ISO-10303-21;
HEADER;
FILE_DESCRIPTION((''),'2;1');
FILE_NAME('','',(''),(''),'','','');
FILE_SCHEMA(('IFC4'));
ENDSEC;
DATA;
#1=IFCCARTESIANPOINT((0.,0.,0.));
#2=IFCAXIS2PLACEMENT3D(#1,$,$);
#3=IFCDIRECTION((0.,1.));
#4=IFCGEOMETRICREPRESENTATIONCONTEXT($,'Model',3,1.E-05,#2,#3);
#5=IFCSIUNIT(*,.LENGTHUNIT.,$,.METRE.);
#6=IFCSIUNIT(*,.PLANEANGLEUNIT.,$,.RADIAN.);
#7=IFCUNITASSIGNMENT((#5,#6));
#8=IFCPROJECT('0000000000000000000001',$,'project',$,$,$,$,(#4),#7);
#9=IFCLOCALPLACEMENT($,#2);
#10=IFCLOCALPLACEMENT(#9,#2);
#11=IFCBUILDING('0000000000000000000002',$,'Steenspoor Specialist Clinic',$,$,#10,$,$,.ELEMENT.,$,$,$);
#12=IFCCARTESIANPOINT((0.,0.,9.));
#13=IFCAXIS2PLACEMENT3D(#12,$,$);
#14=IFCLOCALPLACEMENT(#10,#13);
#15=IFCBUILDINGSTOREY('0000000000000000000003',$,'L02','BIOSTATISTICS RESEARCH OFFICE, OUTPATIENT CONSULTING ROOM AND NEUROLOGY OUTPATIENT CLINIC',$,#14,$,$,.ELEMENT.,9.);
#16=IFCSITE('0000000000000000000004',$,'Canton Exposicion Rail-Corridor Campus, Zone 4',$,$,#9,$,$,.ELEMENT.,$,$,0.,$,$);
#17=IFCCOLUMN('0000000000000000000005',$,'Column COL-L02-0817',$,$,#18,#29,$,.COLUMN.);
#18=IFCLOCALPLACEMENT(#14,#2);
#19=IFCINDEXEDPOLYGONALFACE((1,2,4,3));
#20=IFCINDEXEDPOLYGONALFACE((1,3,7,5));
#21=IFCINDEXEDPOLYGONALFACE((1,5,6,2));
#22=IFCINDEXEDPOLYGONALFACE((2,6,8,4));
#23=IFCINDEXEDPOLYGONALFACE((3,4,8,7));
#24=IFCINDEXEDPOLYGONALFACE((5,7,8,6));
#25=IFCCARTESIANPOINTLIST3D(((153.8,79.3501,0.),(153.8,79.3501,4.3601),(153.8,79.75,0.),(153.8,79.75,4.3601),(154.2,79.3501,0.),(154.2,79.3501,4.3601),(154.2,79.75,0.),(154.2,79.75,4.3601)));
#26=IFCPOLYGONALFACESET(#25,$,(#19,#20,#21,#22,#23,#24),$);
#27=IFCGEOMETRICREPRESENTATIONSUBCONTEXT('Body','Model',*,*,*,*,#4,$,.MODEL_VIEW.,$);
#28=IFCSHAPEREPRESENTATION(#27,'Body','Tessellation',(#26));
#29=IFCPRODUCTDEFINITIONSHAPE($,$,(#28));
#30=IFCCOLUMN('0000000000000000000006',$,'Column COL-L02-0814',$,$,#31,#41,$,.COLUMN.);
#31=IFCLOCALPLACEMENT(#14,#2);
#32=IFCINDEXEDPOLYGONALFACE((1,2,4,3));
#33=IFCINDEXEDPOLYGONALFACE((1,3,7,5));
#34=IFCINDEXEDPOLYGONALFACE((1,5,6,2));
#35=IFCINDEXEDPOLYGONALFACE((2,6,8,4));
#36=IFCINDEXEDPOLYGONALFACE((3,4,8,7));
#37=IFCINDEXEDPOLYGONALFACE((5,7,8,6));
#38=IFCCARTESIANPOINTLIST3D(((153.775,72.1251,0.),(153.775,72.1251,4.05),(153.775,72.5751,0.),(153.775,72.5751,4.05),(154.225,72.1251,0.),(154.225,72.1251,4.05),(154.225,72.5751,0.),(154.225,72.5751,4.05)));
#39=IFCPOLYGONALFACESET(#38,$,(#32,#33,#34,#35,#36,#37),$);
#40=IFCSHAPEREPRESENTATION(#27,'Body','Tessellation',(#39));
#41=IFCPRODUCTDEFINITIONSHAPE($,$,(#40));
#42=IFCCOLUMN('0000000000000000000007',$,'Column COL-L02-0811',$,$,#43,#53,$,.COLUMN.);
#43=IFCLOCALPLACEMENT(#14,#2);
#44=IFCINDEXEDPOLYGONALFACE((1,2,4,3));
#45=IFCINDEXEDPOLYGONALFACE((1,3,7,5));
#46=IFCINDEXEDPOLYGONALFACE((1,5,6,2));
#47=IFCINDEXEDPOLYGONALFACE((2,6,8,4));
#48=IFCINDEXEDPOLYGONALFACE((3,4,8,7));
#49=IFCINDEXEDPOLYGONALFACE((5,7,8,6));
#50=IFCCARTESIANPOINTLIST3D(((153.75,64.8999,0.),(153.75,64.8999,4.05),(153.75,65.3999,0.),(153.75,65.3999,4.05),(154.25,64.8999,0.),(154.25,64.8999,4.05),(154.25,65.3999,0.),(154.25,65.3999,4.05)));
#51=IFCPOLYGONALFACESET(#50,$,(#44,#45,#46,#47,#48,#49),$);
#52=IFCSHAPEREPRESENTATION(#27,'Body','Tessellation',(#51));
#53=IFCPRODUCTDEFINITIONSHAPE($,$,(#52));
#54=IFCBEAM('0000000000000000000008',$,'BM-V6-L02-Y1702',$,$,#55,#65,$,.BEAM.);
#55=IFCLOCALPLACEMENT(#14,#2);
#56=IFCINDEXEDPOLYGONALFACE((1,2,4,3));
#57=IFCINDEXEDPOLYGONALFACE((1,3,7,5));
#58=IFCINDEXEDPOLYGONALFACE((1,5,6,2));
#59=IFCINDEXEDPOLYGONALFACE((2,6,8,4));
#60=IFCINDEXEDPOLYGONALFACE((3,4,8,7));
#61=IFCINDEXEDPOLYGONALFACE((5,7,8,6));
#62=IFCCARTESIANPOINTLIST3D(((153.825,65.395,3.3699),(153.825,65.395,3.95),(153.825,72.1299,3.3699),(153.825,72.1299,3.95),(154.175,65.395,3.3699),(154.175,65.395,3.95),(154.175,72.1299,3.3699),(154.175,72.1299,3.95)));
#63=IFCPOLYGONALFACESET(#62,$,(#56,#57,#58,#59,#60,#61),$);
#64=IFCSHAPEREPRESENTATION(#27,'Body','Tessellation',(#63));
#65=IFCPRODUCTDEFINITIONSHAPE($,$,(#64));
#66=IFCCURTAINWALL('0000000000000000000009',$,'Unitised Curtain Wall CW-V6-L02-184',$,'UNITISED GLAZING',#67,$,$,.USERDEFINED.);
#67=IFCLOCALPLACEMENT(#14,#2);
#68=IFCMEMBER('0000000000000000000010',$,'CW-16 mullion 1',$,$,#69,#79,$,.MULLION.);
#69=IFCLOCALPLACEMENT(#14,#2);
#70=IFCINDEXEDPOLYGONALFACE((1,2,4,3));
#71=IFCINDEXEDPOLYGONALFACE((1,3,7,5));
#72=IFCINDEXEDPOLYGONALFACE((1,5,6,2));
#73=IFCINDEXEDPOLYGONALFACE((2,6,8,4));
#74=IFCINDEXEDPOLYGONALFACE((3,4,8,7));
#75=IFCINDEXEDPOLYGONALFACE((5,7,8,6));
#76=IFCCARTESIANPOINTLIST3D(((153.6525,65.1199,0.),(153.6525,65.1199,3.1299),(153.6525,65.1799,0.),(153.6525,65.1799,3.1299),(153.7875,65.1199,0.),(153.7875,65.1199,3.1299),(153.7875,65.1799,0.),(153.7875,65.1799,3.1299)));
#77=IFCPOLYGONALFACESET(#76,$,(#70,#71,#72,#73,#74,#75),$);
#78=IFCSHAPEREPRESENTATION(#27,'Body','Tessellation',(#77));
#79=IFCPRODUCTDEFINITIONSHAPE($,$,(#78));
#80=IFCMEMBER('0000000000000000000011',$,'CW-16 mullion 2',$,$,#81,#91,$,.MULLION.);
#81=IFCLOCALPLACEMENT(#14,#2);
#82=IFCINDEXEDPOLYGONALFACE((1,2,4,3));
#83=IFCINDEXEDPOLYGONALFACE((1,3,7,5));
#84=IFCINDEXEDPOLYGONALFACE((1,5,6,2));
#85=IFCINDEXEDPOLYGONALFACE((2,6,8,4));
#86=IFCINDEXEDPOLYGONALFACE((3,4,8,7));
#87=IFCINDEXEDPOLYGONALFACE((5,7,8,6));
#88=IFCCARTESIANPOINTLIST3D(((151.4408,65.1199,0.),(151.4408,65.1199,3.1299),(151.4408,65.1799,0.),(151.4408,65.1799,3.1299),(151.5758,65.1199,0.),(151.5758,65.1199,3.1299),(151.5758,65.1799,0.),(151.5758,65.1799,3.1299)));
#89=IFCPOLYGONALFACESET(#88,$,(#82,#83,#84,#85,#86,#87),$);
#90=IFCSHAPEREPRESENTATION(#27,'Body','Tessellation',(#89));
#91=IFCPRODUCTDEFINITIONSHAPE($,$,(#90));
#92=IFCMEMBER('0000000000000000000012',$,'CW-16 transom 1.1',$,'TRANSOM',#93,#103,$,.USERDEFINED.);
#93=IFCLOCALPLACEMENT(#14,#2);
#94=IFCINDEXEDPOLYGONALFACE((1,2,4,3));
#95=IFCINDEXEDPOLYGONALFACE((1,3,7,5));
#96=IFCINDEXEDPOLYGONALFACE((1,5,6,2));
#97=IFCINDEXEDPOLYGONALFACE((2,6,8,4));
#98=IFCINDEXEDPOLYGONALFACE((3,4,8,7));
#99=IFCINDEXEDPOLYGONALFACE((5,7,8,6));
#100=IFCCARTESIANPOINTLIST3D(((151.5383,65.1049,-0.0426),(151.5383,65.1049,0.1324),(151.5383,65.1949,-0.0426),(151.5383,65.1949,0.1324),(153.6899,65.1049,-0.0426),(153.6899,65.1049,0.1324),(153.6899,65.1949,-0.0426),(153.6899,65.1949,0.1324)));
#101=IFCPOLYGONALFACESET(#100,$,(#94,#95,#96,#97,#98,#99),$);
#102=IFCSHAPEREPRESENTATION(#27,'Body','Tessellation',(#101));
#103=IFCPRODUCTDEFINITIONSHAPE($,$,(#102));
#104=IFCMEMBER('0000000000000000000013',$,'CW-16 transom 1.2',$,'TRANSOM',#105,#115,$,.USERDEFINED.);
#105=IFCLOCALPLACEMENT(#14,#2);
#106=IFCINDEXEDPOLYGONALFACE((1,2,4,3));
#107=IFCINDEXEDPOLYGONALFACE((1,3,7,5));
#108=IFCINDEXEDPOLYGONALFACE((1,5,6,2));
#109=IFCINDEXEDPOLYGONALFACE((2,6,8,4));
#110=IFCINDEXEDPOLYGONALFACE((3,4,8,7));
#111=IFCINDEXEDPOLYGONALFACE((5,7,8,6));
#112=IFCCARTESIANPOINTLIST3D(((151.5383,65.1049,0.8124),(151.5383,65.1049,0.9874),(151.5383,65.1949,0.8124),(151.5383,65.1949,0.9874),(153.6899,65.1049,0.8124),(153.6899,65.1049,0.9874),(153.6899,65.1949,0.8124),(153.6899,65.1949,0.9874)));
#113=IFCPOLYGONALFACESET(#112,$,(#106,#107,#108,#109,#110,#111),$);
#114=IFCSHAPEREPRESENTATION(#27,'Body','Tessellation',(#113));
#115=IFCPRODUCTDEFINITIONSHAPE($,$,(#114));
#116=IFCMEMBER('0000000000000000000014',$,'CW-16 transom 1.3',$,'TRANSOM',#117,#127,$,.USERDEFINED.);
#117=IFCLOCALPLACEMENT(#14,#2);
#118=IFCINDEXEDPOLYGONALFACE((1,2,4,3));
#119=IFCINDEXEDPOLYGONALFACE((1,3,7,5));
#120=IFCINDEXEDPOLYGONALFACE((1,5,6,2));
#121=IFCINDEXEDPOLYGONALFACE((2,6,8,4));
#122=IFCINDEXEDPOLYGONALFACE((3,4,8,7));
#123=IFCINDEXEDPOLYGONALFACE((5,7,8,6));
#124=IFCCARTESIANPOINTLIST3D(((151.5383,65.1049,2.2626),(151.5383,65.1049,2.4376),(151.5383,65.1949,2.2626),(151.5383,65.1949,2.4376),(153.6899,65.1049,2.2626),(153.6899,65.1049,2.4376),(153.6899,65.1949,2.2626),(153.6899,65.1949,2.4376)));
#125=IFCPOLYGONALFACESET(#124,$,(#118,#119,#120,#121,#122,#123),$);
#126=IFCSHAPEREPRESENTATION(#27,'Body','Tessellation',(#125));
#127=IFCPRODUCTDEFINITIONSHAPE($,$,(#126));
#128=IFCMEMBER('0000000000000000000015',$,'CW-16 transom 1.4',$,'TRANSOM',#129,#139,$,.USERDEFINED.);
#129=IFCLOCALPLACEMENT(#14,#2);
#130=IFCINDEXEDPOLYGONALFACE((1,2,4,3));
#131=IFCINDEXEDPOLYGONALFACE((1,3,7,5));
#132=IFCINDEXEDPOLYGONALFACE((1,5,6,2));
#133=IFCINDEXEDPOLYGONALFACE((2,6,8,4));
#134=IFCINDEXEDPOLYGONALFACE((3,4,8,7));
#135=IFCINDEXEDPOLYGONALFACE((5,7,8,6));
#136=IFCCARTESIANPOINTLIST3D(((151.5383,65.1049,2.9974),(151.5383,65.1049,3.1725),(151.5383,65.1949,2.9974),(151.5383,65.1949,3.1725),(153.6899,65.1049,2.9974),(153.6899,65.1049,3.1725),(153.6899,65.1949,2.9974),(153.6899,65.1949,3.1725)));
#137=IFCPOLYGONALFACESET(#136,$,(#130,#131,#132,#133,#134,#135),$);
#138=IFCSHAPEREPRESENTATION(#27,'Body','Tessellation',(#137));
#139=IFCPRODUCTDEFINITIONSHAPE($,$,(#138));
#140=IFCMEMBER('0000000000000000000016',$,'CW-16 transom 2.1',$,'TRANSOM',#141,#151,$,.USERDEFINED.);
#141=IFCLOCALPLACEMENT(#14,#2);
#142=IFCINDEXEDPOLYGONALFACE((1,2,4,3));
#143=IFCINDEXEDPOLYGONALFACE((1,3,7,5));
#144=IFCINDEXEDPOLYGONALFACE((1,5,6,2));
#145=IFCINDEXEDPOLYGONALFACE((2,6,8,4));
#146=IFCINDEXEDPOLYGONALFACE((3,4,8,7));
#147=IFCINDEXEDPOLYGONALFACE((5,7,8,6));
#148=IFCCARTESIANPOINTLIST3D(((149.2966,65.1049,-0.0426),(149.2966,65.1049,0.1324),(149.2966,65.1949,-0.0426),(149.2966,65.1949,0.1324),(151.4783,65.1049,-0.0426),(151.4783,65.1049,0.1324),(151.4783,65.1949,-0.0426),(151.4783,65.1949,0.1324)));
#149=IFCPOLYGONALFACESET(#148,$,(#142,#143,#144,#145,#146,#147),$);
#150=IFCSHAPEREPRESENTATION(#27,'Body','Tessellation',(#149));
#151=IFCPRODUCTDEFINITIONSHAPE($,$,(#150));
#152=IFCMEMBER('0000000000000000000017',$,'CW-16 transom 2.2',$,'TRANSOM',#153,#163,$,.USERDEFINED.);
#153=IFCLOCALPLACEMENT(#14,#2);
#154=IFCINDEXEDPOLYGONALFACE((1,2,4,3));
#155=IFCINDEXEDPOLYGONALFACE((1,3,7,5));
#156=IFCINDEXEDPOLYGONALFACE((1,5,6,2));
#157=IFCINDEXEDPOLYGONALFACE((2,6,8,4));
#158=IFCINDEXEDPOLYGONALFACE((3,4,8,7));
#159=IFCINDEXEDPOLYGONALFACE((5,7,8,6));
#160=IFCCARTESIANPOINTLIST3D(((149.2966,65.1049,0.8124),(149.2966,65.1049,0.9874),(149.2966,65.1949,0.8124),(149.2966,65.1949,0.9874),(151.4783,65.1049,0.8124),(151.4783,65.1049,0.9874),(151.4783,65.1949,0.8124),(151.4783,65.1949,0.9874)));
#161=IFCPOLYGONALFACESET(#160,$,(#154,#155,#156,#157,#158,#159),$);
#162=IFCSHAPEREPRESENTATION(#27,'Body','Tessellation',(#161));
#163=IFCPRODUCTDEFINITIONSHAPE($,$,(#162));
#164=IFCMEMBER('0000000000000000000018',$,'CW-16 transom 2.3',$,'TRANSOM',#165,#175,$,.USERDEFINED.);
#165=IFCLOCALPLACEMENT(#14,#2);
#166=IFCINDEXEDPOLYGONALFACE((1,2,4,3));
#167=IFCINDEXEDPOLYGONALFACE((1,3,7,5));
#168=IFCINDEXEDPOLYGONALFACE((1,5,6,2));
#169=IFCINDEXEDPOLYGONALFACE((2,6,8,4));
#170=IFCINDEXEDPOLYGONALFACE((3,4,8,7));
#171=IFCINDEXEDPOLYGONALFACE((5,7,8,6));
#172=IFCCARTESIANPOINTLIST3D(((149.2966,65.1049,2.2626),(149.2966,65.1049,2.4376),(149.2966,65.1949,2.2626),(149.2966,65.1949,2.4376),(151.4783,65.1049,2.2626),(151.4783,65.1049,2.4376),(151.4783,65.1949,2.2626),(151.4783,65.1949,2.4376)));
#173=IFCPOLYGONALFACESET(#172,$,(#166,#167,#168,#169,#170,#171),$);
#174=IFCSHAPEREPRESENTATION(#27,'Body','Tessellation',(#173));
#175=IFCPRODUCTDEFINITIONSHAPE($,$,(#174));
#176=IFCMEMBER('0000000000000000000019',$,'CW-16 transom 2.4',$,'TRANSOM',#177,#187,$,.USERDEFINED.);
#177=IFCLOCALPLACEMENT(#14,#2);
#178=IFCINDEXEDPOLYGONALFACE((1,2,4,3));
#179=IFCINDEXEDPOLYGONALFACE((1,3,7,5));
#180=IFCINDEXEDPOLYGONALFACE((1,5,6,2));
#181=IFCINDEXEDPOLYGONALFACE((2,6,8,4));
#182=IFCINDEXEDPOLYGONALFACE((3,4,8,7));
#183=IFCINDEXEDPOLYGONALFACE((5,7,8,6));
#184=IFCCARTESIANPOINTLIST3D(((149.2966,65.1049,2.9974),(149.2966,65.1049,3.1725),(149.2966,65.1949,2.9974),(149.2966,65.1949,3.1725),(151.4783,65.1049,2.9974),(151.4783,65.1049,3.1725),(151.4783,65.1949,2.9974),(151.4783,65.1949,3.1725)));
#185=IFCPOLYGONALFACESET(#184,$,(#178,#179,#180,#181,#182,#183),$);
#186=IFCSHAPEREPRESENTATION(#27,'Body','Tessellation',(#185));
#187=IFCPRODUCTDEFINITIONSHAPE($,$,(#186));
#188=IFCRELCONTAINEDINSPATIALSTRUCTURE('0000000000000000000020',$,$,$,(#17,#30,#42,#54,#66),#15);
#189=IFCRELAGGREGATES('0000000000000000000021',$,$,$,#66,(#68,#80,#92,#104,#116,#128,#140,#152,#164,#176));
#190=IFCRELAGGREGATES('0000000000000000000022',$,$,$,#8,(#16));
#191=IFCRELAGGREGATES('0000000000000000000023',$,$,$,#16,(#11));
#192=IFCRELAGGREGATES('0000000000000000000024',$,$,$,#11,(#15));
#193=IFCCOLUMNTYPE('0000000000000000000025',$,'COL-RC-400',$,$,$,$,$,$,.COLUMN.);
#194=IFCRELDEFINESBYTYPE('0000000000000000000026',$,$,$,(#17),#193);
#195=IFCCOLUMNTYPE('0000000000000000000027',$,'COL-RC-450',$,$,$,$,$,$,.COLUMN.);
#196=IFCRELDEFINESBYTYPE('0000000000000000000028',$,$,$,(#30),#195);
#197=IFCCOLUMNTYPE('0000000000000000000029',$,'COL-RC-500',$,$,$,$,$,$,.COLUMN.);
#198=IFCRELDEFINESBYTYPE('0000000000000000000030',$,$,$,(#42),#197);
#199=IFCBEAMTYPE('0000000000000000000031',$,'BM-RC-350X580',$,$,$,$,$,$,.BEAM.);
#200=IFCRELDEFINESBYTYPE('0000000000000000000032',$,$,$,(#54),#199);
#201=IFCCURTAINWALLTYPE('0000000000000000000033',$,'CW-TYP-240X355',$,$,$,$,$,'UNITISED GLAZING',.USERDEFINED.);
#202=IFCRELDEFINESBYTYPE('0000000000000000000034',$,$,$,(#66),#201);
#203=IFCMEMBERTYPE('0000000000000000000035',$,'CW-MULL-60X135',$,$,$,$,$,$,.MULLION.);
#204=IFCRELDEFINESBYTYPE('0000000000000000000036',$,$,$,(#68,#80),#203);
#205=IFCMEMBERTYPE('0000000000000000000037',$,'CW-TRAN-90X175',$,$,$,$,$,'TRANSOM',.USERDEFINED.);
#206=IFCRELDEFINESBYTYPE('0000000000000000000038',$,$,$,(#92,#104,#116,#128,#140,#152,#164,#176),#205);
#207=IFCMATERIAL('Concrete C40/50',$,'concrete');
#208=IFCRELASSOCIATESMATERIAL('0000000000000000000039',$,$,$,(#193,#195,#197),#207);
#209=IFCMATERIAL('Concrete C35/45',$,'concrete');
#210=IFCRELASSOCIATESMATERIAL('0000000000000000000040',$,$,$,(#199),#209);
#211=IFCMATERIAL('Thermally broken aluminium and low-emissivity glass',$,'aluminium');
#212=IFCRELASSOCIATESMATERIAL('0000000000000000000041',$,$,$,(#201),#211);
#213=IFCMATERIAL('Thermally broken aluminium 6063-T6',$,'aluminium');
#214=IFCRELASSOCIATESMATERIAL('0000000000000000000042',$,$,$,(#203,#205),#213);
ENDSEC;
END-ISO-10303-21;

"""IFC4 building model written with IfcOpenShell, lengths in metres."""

from ifc_helpers import new_model, si_unit, direction, frame, origin, origin_2d, place, context, subcontext, project, spatial, rectangle, extrude, material, material_profile, profile_set, type_object, element, aggregate, save


model = new_model("IFC4")

# Units and contexts
model_context = context("Model", 3, precision=1e-05, world=origin(), true_north=direction((0.0, 1.0)))
body_context = subcontext(model_context, "Body", "Model", "MODEL_VIEW")
ifc_project = project(units=[si_unit("LENGTHUNIT", "METRE"), si_unit("PLANEANGLEUNIT", "RADIAN")], contexts=[model_context])

# Site, building, storey
site_placement = place(None, origin())
site = spatial("IfcSite", under=ifc_project, at=site_placement, Name="Canton Exposicion Rail-Corridor Campus, Zone 4", CompositionType="ELEMENT", RefElevation=0.0)
building_placement = place(site_placement, origin())
building = spatial("IfcBuilding", under=site, at=building_placement, Name="Steenspoor Specialist Clinic", CompositionType="ELEMENT")
storey_placement = place(building_placement, frame((0.0, 0.0, 9.0)))
storey = spatial("IfcBuildingStorey", under=building, at=storey_placement, Name="L02", Description="BIOSTATISTICS RESEARCH OFFICE, OUTPATIENT CONSULTING ROOM AND NEUROLOGY OUTPATIENT CLINIC", CompositionType="ELEMENT", Elevation=9.0)

# Columns
ifc_material_1 = material(Name="Concrete C40/50", Category="concrete")
ifc_material_profile_1 = material_profile(ifc_material_1, rectangle(XDim=0.3999, YDim=0.3999, at=origin_2d()), Name="RC-COL-400X400")
ifc_profile_set_1 = profile_set([ifc_material_profile_1], Name="Concrete C40/50")
column_type_1 = type_object("IfcColumnType", Name="COL-RC-400", PredefinedType="COLUMN", material=ifc_profile_set_1)
column_1_placement = place(storey_placement, frame((154.0, 79.55, 0.0), z_axis=(0.0, 0.0, 1.0), x_axis=(1.0, 0.0, 0.0)))
element("IfcColumn", 1, at=column_1_placement, inside=storey, type_object=column_type_1, Name="Column COL-L02-0817", PredefinedType="COLUMN", context=body_context, shape_type="SweptSolid", body=[
    extrude(rectangle(XDim=0.3999, YDim=0.3999, at=origin_2d()), origin(), (0.0, 0.0, 1.0), 4.3601),
])
ifc_material_profile_2 = material_profile(ifc_material_1, rectangle(XDim=0.45, YDim=0.45, at=origin_2d()), Name="RC-COL-450X450")
ifc_profile_set_2 = profile_set([ifc_material_profile_2], Name="Concrete C40/50")
column_type_2 = type_object("IfcColumnType", Name="COL-RC-450", PredefinedType="COLUMN", material=ifc_profile_set_2)
column_2_placement = place(storey_placement, frame((154.0, 72.3501, 0.0), z_axis=(0.0, 0.0, 1.0), x_axis=(1.0, 0.0, 0.0)))
element("IfcColumn", 2, at=column_2_placement, inside=storey, type_object=column_type_2, Name="Column COL-L02-0814", PredefinedType="COLUMN", context=body_context, shape_type="SweptSolid", body=[
    extrude(rectangle(XDim=0.45, YDim=0.45, at=origin_2d()), origin(), (0.0, 0.0, 1.0), 4.05),
])
ifc_material_profile_3 = material_profile(ifc_material_1, rectangle(XDim=0.5, YDim=0.5, at=origin_2d()), Name="RC-COL-500X500")
ifc_profile_set_3 = profile_set([ifc_material_profile_3], Name="Concrete C40/50")
column_type_3 = type_object("IfcColumnType", Name="COL-RC-500", PredefinedType="COLUMN", material=ifc_profile_set_3)
column_3_placement = place(storey_placement, frame((154.0, 65.1499, 0.0), z_axis=(0.0, 0.0, 1.0), x_axis=(1.0, 0.0, 0.0)))
element("IfcColumn", 3, at=column_3_placement, inside=storey, type_object=column_type_3, Name="Column COL-L02-0811", PredefinedType="COLUMN", context=body_context, shape_type="SweptSolid", body=[
    extrude(rectangle(XDim=0.5, YDim=0.5, at=origin_2d()), origin(), (0.0, 0.0, 1.0), 4.05),
])

# Beam
ifc_material_2 = material(Name="Concrete C35/45", Category="concrete")
ifc_material_profile_4 = material_profile(ifc_material_2, rectangle(XDim=0.3501, YDim=0.5801, at=origin_2d()), Name="RC-BM-350X580")
ifc_profile_set_4 = profile_set([ifc_material_profile_4], Name="Concrete C35/45")
beam_type_1 = type_object("IfcBeamType", Name="BM-RC-350X580", PredefinedType="BEAM", material=ifc_profile_set_4)
beam_1_placement = place(storey_placement, frame((154.0, 65.395, 3.6599), z_axis=(0.0, 1.0, 0.0), x_axis=(-1.0, 0.0, 0.0)))
element("IfcBeam", 4, at=beam_1_placement, inside=storey, type_object=beam_type_1, Name="BM-V6-L02-Y1702", PredefinedType="BEAM", context=body_context, shape_type="SweptSolid", body=[
    extrude(rectangle(XDim=0.3501, YDim=0.5801, at=origin_2d()), origin(), (0.0, 0.0, 1.0), 6.7349),
])

# Curtain wall, members
ifc_material_3 = material(Name="Thermally broken aluminium and low-emissivity glass", Category="aluminium")
curtain_wall_type = type_object("IfcCurtainWallType", Name="CW-TYP-240X355", ElementType="UNITISED GLAZING", PredefinedType="USERDEFINED", material=ifc_material_3)
curtain_wall_placement = place(storey_placement, origin())
curtain_wall = element("IfcCurtainWall", 5, at=curtain_wall_placement, inside=storey, type_object=curtain_wall_type, Name="Unitised Curtain Wall CW-V6-L02-184", ObjectType="UNITISED GLAZING", PredefinedType="USERDEFINED")
ifc_material_4 = material(Name="Thermally broken aluminium 6063-T6", Category="aluminium")
ifc_material_profile_5 = material_profile(ifc_material_4, rectangle(XDim=0.0601, YDim=0.135, at=origin_2d()), Name="CWM-60X135")
ifc_profile_set_5 = profile_set([ifc_material_profile_5], Name="Thermally broken aluminium 6063-T6")
member_type_1 = type_object("IfcMemberType", Name="CW-MULL-60X135", PredefinedType="MULLION", material=ifc_profile_set_5)
member_1_placement = place(storey_placement, frame((153.72, 65.1499, 0.0), z_axis=(0.0, 0.0, 1.0), x_axis=(0.0, -1.0, 0.0)))
member_1 = element("IfcMember", 6, at=member_1_placement, type_object=member_type_1, Name="CW-16 mullion 1", PredefinedType="MULLION", context=body_context, shape_type="SweptSolid", body=[
    extrude(rectangle(XDim=0.0601, YDim=0.135, at=origin_2d()), origin(), (0.0, 0.0, 1.0), 3.1299),
])
member_2_placement = place(storey_placement, frame((151.5083, 65.1499, 0.0), z_axis=(0.0, 0.0, 1.0), x_axis=(0.0, -1.0, 0.0)))
member_2 = element("IfcMember", 7, at=member_2_placement, type_object=member_type_1, Name="CW-16 mullion 2", PredefinedType="MULLION", context=body_context, shape_type="SweptSolid", body=[
    extrude(rectangle(XDim=0.0601, YDim=0.135, at=origin_2d()), origin(), (0.0, 0.0, 1.0), 3.1299),
])
ifc_material_profile_6 = material_profile(ifc_material_4, rectangle(XDim=0.0901, YDim=0.175, at=origin_2d()), Name="CWT-90X175")
ifc_profile_set_6 = profile_set([ifc_material_profile_6], Name="Thermally broken aluminium 6063-T6")
member_type_2 = type_object("IfcMemberType", Name="CW-TRAN-90X175", ElementType="TRANSOM", PredefinedType="USERDEFINED", material=ifc_profile_set_6)
member_3_placement = place(storey_placement, frame((153.6899, 65.1499, 0.0449), z_axis=(-1.0, 0.0, 0.0), x_axis=(0.0, -1.0, 0.0)))
member_3 = element("IfcMember", 8, at=member_3_placement, type_object=member_type_2, Name="CW-16 transom 1.1", ObjectType="TRANSOM", PredefinedType="USERDEFINED", context=body_context, shape_type="SweptSolid", body=[
    extrude(rectangle(XDim=0.0901, YDim=0.175, at=origin_2d()), origin(), (0.0, 0.0, 1.0), 2.1516),
])
member_4_placement = place(storey_placement, frame((153.6899, 65.1499, 0.8999), z_axis=(-1.0, 0.0, 0.0), x_axis=(0.0, -1.0, 0.0)))
member_4 = element("IfcMember", 9, at=member_4_placement, type_object=member_type_2, Name="CW-16 transom 1.2", ObjectType="TRANSOM", PredefinedType="USERDEFINED", context=body_context, shape_type="SweptSolid", body=[
    extrude(rectangle(XDim=0.0901, YDim=0.175, at=origin_2d()), origin(), (0.0, 0.0, 1.0), 2.1516),
])
member_5_placement = place(storey_placement, frame((153.6899, 65.1499, 2.3501), z_axis=(-1.0, 0.0, 0.0), x_axis=(0.0, -1.0, 0.0)))
member_5 = element("IfcMember", 10, at=member_5_placement, type_object=member_type_2, Name="CW-16 transom 1.3", ObjectType="TRANSOM", PredefinedType="USERDEFINED", context=body_context, shape_type="SweptSolid", body=[
    extrude(rectangle(XDim=0.0901, YDim=0.175, at=origin_2d()), origin(), (0.0, 0.0, 1.0), 2.1516),
])
member_6_placement = place(storey_placement, frame((153.6899, 65.1499, 3.085), z_axis=(-1.0, 0.0, 0.0), x_axis=(0.0, -1.0, 0.0)))
member_6 = element("IfcMember", 11, at=member_6_placement, type_object=member_type_2, Name="CW-16 transom 1.4", ObjectType="TRANSOM", PredefinedType="USERDEFINED", context=body_context, shape_type="SweptSolid", body=[
    extrude(rectangle(XDim=0.0901, YDim=0.175, at=origin_2d()), origin(), (0.0, 0.0, 1.0), 2.1516),
])
member_7_placement = place(storey_placement, frame((151.4783, 65.1499, 0.0449), z_axis=(-1.0, 0.0, 0.0), x_axis=(0.0, -1.0, 0.0)))
member_7 = element("IfcMember", 12, at=member_7_placement, type_object=member_type_2, Name="CW-16 transom 2.1", ObjectType="TRANSOM", PredefinedType="USERDEFINED", context=body_context, shape_type="SweptSolid", body=[
    extrude(rectangle(XDim=0.0901, YDim=0.175, at=origin_2d()), origin(), (0.0, 0.0, 1.0), 2.1816),
])
member_8_placement = place(storey_placement, frame((151.4783, 65.1499, 0.8999), z_axis=(-1.0, 0.0, 0.0), x_axis=(0.0, -1.0, 0.0)))
member_8 = element("IfcMember", 13, at=member_8_placement, type_object=member_type_2, Name="CW-16 transom 2.2", ObjectType="TRANSOM", PredefinedType="USERDEFINED", context=body_context, shape_type="SweptSolid", body=[
    extrude(rectangle(XDim=0.0901, YDim=0.175, at=origin_2d()), origin(), (0.0, 0.0, 1.0), 2.1816),
])
member_9_placement = place(storey_placement, frame((151.4783, 65.1499, 2.3501), z_axis=(-1.0, 0.0, 0.0), x_axis=(0.0, -1.0, 0.0)))
member_9 = element("IfcMember", 14, at=member_9_placement, type_object=member_type_2, Name="CW-16 transom 2.3", ObjectType="TRANSOM", PredefinedType="USERDEFINED", context=body_context, shape_type="SweptSolid", body=[
    extrude(rectangle(XDim=0.0901, YDim=0.175, at=origin_2d()), origin(), (0.0, 0.0, 1.0), 2.1816),
])
member_10_placement = place(storey_placement, frame((151.4783, 65.1499, 3.085), z_axis=(-1.0, 0.0, 0.0), x_axis=(0.0, -1.0, 0.0)))
member_10 = element("IfcMember", 15, at=member_10_placement, type_object=member_type_2, Name="CW-16 transom 2.4", ObjectType="TRANSOM", PredefinedType="USERDEFINED", context=body_context, shape_type="SweptSolid", body=[
    extrude(rectangle(XDim=0.0901, YDim=0.175, at=origin_2d()), origin(), (0.0, 0.0, 1.0), 2.1816),
])

aggregate(curtain_wall, [member_1, member_2, member_3, member_4, member_5, member_6, member_7, member_8, member_9, member_10])

save(model, "model.ifc")
